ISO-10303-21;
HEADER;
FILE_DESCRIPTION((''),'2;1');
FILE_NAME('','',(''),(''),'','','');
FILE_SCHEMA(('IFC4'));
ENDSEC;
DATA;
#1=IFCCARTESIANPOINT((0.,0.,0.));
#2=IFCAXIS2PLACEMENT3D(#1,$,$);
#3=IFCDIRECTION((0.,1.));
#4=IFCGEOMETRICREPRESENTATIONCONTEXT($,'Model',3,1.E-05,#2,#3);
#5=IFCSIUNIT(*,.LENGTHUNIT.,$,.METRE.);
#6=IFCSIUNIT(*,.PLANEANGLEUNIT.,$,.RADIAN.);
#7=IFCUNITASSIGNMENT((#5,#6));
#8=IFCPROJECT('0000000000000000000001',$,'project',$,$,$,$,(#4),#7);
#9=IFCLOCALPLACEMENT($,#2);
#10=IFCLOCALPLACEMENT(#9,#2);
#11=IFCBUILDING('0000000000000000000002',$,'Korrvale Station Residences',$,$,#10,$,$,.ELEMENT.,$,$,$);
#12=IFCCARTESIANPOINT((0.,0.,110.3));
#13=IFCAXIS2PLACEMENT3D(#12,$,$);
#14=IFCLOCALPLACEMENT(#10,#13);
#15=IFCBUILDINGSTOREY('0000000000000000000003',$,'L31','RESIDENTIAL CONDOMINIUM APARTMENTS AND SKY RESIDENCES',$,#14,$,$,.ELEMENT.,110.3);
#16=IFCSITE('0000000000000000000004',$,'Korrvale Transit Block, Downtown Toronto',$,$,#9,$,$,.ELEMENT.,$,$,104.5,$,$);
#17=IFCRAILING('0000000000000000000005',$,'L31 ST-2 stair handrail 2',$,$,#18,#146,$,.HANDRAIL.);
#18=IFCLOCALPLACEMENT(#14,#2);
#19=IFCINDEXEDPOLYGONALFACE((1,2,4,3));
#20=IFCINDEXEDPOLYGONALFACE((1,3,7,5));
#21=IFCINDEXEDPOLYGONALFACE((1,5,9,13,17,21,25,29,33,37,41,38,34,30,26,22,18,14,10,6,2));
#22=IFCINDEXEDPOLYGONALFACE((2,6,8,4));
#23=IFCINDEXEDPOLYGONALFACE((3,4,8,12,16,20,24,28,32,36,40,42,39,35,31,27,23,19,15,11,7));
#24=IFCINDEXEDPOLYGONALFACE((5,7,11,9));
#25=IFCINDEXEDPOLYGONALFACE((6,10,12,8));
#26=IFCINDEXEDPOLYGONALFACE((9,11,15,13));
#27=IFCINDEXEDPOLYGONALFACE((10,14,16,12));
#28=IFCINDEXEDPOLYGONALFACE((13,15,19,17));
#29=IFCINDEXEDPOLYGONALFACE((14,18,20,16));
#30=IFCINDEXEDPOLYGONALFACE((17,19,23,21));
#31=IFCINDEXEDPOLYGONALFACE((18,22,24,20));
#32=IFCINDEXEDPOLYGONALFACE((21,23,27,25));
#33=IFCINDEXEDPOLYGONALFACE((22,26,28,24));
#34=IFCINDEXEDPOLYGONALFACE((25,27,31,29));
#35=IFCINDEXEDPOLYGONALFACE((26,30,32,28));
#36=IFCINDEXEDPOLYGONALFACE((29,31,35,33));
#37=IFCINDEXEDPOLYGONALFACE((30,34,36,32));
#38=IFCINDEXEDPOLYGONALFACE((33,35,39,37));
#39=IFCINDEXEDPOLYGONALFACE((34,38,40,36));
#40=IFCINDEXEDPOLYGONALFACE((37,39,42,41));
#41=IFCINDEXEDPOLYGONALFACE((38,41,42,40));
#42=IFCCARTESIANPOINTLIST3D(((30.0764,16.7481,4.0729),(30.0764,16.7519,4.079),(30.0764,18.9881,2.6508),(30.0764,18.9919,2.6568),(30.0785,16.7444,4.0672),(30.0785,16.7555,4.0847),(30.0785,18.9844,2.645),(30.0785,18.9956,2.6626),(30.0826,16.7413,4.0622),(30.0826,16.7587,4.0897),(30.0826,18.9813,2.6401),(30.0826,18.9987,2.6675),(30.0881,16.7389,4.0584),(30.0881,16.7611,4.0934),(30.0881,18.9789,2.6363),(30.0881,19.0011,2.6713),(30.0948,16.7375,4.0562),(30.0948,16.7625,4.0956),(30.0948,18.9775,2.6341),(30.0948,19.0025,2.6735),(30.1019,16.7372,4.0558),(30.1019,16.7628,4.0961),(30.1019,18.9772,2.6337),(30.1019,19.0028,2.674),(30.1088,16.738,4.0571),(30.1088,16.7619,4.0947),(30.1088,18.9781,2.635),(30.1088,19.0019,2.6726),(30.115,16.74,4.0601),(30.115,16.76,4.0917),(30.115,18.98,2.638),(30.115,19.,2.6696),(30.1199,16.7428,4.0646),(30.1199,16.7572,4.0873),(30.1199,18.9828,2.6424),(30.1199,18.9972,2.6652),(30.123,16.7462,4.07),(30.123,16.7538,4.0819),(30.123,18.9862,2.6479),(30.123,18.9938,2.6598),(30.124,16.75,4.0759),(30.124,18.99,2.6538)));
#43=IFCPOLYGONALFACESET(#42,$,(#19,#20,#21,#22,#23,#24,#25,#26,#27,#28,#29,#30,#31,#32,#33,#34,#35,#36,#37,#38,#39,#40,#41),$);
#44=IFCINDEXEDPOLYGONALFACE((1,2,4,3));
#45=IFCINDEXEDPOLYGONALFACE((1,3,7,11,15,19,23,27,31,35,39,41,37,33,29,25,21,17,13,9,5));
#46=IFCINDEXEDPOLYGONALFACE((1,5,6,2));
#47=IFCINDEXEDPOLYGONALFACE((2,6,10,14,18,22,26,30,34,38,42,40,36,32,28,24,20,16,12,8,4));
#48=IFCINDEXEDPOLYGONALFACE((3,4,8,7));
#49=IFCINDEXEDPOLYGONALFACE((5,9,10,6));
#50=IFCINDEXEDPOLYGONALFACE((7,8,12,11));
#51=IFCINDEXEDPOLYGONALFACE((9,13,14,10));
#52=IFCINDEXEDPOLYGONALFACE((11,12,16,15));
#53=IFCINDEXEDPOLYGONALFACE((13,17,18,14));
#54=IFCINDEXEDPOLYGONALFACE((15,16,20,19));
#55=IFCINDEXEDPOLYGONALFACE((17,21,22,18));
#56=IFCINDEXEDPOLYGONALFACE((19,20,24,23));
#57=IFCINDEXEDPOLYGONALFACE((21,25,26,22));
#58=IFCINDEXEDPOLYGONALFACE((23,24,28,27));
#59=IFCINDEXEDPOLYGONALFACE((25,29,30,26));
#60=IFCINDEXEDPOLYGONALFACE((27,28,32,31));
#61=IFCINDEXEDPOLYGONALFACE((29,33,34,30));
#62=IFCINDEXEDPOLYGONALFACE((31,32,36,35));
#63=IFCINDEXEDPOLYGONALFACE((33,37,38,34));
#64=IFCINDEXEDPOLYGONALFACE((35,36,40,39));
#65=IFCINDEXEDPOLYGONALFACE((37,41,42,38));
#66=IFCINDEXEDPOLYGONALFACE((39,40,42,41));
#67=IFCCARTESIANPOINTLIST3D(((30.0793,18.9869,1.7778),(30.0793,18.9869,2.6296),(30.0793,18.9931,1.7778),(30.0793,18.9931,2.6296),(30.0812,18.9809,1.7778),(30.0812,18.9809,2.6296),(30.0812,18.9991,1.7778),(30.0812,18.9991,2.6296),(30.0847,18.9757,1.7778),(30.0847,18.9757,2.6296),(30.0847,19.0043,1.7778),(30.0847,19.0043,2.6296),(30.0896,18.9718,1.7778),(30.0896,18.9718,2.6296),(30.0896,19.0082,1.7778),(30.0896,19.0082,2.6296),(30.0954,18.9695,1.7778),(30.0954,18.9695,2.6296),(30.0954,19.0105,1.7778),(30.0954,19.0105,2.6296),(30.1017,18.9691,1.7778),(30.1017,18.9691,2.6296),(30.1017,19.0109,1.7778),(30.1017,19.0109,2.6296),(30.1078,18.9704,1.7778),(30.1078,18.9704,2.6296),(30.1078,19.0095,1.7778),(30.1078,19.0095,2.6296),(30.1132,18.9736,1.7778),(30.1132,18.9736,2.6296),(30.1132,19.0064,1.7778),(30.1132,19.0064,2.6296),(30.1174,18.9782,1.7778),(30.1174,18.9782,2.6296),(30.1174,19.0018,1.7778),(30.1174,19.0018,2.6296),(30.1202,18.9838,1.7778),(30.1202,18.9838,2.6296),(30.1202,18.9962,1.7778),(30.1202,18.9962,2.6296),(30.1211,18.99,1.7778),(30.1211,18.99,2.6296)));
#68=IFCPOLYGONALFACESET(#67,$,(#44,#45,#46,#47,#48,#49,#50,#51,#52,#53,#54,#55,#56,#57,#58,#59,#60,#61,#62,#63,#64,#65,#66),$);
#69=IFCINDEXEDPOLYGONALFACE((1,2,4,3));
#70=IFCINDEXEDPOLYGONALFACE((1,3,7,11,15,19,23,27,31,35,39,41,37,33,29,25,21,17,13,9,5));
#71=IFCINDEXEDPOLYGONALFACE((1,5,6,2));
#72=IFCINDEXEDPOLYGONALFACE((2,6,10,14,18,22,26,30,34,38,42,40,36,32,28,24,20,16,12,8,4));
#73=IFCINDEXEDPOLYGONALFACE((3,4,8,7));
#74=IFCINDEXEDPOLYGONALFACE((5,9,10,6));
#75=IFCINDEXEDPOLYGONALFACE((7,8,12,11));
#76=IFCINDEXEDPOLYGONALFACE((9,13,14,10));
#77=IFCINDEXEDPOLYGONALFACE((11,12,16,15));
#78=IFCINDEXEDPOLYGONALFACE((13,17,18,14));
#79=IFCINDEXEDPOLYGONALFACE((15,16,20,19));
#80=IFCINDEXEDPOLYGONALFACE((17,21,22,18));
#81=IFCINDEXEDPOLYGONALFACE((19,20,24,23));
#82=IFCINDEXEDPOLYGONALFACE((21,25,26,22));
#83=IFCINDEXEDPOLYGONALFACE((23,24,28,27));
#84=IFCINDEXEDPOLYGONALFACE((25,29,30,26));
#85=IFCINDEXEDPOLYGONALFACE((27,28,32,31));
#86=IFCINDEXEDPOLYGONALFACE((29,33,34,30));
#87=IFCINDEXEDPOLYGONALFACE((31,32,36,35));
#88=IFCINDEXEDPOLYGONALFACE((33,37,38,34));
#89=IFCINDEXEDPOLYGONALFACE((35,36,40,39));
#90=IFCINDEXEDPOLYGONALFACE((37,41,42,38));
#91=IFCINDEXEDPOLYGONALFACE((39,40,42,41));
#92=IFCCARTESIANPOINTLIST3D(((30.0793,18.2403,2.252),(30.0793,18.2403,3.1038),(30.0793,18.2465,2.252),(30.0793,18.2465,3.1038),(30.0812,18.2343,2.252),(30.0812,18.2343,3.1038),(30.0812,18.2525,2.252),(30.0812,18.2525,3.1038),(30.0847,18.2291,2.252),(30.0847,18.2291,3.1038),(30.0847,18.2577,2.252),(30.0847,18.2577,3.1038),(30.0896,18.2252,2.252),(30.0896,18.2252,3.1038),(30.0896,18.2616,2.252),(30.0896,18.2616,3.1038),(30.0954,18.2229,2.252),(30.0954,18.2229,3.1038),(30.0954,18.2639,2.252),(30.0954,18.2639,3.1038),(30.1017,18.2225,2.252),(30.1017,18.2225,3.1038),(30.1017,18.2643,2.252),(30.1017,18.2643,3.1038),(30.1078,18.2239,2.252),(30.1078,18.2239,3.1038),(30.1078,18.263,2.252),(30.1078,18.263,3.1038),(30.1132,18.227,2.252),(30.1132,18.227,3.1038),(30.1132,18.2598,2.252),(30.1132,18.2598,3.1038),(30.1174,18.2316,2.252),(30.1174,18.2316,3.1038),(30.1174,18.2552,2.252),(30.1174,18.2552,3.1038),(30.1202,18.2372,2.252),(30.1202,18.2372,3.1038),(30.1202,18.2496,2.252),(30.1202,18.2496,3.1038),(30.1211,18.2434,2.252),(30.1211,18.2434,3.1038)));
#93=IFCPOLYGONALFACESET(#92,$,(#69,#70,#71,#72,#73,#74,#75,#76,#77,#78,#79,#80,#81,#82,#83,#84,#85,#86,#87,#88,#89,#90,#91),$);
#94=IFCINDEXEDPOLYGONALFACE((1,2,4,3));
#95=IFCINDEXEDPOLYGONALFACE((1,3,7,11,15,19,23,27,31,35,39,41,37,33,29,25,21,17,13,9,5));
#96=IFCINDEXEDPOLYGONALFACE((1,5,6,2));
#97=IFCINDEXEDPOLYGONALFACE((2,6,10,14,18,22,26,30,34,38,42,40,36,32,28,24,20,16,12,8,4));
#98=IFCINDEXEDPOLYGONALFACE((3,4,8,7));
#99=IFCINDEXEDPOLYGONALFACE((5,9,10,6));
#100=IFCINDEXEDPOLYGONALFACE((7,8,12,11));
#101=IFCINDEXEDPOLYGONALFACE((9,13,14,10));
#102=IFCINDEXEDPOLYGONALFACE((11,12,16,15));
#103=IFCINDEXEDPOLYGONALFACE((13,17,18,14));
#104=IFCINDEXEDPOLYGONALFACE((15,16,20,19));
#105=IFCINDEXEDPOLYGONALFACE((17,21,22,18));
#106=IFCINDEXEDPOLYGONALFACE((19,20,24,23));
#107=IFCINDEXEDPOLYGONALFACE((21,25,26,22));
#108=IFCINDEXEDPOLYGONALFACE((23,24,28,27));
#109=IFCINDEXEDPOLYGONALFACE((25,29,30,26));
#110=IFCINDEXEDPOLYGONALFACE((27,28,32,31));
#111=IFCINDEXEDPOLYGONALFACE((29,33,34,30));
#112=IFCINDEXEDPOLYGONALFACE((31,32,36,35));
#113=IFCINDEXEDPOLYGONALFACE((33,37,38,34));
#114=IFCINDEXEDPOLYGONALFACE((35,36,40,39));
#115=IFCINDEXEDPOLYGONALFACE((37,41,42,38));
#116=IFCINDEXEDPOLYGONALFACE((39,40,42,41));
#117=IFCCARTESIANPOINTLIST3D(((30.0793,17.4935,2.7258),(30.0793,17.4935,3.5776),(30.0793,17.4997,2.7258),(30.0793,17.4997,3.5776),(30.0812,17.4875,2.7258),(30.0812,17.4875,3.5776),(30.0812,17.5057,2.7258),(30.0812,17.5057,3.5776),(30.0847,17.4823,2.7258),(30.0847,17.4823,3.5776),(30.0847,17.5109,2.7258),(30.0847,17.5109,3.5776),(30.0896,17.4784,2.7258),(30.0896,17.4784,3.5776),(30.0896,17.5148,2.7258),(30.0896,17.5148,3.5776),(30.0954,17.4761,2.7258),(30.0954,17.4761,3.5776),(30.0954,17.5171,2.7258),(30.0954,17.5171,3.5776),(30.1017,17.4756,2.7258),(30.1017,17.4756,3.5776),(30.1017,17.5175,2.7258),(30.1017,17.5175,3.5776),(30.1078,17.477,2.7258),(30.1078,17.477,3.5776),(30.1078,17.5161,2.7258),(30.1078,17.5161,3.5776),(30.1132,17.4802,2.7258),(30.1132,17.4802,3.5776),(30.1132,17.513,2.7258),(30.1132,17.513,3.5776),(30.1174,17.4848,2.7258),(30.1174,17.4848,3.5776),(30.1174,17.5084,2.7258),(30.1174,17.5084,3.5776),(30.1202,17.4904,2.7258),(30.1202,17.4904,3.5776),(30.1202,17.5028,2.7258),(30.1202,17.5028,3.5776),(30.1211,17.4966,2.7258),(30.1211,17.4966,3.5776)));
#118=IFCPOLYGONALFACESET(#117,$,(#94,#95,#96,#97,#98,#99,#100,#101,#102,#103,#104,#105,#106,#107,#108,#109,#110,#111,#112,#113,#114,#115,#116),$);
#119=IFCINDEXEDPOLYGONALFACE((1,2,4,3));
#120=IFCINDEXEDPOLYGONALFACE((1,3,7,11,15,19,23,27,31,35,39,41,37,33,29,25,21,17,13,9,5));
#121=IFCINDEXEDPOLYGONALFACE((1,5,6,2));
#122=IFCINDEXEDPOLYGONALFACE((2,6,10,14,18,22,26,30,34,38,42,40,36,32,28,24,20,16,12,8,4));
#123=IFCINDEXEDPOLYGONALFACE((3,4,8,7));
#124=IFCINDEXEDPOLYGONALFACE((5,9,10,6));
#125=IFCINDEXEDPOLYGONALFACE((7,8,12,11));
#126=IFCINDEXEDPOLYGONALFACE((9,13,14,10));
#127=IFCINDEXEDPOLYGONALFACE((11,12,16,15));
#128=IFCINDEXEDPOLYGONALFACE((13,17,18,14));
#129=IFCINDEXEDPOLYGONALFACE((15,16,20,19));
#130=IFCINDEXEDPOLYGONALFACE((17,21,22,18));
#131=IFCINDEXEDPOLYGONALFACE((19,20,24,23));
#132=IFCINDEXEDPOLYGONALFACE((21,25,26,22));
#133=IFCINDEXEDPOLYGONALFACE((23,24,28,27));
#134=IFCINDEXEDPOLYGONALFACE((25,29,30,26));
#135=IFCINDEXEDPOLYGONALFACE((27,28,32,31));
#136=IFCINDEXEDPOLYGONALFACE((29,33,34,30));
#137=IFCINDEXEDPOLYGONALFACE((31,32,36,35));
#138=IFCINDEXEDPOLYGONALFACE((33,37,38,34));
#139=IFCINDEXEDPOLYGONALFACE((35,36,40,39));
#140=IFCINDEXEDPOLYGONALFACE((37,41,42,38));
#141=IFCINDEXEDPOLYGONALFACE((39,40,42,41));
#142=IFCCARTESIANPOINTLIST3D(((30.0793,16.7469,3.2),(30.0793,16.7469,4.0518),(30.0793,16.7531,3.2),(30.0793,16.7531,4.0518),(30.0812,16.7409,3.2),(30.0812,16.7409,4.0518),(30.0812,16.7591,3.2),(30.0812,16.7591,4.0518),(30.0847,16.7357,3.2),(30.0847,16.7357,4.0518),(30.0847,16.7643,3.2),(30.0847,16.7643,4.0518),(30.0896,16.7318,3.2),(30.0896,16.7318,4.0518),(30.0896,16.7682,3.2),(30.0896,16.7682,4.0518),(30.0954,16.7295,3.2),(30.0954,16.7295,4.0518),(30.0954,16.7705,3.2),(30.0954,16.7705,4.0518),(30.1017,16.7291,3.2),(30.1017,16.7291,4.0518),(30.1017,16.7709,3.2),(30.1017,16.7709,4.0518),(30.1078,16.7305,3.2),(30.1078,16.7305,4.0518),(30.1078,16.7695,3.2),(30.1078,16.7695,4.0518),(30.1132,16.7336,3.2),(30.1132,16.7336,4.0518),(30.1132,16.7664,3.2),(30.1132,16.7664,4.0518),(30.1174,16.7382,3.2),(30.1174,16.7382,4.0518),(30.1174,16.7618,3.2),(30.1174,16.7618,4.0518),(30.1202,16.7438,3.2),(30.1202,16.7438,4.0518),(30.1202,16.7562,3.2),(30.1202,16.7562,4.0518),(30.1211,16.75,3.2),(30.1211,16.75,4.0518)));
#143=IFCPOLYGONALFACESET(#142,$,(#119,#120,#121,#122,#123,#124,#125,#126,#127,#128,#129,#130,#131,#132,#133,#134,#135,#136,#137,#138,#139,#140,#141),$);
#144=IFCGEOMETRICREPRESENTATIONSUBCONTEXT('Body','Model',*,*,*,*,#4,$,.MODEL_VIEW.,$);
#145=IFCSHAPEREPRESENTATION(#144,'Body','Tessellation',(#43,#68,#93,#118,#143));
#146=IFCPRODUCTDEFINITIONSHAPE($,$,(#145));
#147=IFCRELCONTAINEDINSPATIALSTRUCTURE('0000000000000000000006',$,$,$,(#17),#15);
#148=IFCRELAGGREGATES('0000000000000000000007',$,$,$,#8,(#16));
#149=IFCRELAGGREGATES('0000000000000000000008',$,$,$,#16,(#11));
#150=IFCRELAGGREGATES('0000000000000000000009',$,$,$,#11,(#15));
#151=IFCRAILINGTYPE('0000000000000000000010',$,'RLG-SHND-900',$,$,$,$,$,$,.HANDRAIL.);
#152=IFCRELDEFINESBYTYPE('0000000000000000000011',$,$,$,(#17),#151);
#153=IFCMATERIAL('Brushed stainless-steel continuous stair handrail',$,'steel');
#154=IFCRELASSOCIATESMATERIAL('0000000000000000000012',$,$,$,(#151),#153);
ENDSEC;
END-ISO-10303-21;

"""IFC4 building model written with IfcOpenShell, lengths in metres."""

from ifc_helpers import new_model, si_unit, direction, frame, origin, origin_2d, place, context, subcontext, project, spatial, circle, extrude, material, type_object, element, save


model = new_model("IFC4")

# Units and contexts
model_context = context("Model", 3, precision=1e-05, world=origin(), true_north=direction((0.0, 1.0)))
body_context = subcontext(model_context, "Body", "Model", "MODEL_VIEW")
ifc_project = project(units=[si_unit("LENGTHUNIT", "METRE"), si_unit("PLANEANGLEUNIT", "RADIAN")], contexts=[model_context])

# Site, building, storey
site_placement = place(None, origin())
site = spatial("IfcSite", under=ifc_project, at=site_placement, Name="Korrvale Transit Block, Downtown Toronto", CompositionType="ELEMENT", RefElevation=104.5)
building_placement = place(site_placement, origin())
building = spatial("IfcBuilding", under=site, at=building_placement, Name="Korrvale Station Residences", CompositionType="ELEMENT")
storey_placement = place(building_placement, frame((0.0, 0.0, 110.3)))
storey = spatial("IfcBuildingStorey", under=building, at=storey_placement, Name="L31", Description="RESIDENTIAL CONDOMINIUM APARTMENTS AND SKY RESIDENCES", CompositionType="ELEMENT", Elevation=110.3)

# Railing
ifc_material_1 = material(Name="Brushed stainless-steel continuous stair handrail", Category="steel")
railing_type_1 = type_object("IfcRailingType", Name="RLG-SHND-900", PredefinedType="HANDRAIL", material=ifc_material_1)
railing_1_placement = place(storey_placement, frame((30.1001, 18.99, 1.7778)))
element("IfcRailing", 1, at=railing_1_placement, inside=storey, type_object=railing_type_1, Name="L31 ST-2 stair handrail 2", PredefinedType="HANDRAIL", context=body_context, shape_type="SweptSolid", body=[
    extrude(circle(Radius=0.0239, at=origin_2d()), frame((0.0, 0.0, 0.876), z_axis=(0.0, -0.844229, 0.535982), x_axis=(1.0, 0.0, 0.0)), (0.0, 0.0, 1.0), 2.6533),
    extrude(circle(Radius=0.021, at=origin_2d()), origin(), (0.0, 0.0, 1.0), 0.8518),
    extrude(circle(Radius=0.021, at=origin_2d()), frame((0.0, -0.7466, 0.4741)), (0.0, 0.0, 1.0), 0.8518),
    extrude(circle(Radius=0.021, at=origin_2d()), frame((0.0, -1.4934, 0.948)), (0.0, 0.0, 1.0), 0.8518),
    extrude(circle(Radius=0.021, at=origin_2d()), frame((0.0, -2.24, 1.4221)), (0.0, 0.0, 1.0), 0.8518),
])

save(model, "model.ifc")
